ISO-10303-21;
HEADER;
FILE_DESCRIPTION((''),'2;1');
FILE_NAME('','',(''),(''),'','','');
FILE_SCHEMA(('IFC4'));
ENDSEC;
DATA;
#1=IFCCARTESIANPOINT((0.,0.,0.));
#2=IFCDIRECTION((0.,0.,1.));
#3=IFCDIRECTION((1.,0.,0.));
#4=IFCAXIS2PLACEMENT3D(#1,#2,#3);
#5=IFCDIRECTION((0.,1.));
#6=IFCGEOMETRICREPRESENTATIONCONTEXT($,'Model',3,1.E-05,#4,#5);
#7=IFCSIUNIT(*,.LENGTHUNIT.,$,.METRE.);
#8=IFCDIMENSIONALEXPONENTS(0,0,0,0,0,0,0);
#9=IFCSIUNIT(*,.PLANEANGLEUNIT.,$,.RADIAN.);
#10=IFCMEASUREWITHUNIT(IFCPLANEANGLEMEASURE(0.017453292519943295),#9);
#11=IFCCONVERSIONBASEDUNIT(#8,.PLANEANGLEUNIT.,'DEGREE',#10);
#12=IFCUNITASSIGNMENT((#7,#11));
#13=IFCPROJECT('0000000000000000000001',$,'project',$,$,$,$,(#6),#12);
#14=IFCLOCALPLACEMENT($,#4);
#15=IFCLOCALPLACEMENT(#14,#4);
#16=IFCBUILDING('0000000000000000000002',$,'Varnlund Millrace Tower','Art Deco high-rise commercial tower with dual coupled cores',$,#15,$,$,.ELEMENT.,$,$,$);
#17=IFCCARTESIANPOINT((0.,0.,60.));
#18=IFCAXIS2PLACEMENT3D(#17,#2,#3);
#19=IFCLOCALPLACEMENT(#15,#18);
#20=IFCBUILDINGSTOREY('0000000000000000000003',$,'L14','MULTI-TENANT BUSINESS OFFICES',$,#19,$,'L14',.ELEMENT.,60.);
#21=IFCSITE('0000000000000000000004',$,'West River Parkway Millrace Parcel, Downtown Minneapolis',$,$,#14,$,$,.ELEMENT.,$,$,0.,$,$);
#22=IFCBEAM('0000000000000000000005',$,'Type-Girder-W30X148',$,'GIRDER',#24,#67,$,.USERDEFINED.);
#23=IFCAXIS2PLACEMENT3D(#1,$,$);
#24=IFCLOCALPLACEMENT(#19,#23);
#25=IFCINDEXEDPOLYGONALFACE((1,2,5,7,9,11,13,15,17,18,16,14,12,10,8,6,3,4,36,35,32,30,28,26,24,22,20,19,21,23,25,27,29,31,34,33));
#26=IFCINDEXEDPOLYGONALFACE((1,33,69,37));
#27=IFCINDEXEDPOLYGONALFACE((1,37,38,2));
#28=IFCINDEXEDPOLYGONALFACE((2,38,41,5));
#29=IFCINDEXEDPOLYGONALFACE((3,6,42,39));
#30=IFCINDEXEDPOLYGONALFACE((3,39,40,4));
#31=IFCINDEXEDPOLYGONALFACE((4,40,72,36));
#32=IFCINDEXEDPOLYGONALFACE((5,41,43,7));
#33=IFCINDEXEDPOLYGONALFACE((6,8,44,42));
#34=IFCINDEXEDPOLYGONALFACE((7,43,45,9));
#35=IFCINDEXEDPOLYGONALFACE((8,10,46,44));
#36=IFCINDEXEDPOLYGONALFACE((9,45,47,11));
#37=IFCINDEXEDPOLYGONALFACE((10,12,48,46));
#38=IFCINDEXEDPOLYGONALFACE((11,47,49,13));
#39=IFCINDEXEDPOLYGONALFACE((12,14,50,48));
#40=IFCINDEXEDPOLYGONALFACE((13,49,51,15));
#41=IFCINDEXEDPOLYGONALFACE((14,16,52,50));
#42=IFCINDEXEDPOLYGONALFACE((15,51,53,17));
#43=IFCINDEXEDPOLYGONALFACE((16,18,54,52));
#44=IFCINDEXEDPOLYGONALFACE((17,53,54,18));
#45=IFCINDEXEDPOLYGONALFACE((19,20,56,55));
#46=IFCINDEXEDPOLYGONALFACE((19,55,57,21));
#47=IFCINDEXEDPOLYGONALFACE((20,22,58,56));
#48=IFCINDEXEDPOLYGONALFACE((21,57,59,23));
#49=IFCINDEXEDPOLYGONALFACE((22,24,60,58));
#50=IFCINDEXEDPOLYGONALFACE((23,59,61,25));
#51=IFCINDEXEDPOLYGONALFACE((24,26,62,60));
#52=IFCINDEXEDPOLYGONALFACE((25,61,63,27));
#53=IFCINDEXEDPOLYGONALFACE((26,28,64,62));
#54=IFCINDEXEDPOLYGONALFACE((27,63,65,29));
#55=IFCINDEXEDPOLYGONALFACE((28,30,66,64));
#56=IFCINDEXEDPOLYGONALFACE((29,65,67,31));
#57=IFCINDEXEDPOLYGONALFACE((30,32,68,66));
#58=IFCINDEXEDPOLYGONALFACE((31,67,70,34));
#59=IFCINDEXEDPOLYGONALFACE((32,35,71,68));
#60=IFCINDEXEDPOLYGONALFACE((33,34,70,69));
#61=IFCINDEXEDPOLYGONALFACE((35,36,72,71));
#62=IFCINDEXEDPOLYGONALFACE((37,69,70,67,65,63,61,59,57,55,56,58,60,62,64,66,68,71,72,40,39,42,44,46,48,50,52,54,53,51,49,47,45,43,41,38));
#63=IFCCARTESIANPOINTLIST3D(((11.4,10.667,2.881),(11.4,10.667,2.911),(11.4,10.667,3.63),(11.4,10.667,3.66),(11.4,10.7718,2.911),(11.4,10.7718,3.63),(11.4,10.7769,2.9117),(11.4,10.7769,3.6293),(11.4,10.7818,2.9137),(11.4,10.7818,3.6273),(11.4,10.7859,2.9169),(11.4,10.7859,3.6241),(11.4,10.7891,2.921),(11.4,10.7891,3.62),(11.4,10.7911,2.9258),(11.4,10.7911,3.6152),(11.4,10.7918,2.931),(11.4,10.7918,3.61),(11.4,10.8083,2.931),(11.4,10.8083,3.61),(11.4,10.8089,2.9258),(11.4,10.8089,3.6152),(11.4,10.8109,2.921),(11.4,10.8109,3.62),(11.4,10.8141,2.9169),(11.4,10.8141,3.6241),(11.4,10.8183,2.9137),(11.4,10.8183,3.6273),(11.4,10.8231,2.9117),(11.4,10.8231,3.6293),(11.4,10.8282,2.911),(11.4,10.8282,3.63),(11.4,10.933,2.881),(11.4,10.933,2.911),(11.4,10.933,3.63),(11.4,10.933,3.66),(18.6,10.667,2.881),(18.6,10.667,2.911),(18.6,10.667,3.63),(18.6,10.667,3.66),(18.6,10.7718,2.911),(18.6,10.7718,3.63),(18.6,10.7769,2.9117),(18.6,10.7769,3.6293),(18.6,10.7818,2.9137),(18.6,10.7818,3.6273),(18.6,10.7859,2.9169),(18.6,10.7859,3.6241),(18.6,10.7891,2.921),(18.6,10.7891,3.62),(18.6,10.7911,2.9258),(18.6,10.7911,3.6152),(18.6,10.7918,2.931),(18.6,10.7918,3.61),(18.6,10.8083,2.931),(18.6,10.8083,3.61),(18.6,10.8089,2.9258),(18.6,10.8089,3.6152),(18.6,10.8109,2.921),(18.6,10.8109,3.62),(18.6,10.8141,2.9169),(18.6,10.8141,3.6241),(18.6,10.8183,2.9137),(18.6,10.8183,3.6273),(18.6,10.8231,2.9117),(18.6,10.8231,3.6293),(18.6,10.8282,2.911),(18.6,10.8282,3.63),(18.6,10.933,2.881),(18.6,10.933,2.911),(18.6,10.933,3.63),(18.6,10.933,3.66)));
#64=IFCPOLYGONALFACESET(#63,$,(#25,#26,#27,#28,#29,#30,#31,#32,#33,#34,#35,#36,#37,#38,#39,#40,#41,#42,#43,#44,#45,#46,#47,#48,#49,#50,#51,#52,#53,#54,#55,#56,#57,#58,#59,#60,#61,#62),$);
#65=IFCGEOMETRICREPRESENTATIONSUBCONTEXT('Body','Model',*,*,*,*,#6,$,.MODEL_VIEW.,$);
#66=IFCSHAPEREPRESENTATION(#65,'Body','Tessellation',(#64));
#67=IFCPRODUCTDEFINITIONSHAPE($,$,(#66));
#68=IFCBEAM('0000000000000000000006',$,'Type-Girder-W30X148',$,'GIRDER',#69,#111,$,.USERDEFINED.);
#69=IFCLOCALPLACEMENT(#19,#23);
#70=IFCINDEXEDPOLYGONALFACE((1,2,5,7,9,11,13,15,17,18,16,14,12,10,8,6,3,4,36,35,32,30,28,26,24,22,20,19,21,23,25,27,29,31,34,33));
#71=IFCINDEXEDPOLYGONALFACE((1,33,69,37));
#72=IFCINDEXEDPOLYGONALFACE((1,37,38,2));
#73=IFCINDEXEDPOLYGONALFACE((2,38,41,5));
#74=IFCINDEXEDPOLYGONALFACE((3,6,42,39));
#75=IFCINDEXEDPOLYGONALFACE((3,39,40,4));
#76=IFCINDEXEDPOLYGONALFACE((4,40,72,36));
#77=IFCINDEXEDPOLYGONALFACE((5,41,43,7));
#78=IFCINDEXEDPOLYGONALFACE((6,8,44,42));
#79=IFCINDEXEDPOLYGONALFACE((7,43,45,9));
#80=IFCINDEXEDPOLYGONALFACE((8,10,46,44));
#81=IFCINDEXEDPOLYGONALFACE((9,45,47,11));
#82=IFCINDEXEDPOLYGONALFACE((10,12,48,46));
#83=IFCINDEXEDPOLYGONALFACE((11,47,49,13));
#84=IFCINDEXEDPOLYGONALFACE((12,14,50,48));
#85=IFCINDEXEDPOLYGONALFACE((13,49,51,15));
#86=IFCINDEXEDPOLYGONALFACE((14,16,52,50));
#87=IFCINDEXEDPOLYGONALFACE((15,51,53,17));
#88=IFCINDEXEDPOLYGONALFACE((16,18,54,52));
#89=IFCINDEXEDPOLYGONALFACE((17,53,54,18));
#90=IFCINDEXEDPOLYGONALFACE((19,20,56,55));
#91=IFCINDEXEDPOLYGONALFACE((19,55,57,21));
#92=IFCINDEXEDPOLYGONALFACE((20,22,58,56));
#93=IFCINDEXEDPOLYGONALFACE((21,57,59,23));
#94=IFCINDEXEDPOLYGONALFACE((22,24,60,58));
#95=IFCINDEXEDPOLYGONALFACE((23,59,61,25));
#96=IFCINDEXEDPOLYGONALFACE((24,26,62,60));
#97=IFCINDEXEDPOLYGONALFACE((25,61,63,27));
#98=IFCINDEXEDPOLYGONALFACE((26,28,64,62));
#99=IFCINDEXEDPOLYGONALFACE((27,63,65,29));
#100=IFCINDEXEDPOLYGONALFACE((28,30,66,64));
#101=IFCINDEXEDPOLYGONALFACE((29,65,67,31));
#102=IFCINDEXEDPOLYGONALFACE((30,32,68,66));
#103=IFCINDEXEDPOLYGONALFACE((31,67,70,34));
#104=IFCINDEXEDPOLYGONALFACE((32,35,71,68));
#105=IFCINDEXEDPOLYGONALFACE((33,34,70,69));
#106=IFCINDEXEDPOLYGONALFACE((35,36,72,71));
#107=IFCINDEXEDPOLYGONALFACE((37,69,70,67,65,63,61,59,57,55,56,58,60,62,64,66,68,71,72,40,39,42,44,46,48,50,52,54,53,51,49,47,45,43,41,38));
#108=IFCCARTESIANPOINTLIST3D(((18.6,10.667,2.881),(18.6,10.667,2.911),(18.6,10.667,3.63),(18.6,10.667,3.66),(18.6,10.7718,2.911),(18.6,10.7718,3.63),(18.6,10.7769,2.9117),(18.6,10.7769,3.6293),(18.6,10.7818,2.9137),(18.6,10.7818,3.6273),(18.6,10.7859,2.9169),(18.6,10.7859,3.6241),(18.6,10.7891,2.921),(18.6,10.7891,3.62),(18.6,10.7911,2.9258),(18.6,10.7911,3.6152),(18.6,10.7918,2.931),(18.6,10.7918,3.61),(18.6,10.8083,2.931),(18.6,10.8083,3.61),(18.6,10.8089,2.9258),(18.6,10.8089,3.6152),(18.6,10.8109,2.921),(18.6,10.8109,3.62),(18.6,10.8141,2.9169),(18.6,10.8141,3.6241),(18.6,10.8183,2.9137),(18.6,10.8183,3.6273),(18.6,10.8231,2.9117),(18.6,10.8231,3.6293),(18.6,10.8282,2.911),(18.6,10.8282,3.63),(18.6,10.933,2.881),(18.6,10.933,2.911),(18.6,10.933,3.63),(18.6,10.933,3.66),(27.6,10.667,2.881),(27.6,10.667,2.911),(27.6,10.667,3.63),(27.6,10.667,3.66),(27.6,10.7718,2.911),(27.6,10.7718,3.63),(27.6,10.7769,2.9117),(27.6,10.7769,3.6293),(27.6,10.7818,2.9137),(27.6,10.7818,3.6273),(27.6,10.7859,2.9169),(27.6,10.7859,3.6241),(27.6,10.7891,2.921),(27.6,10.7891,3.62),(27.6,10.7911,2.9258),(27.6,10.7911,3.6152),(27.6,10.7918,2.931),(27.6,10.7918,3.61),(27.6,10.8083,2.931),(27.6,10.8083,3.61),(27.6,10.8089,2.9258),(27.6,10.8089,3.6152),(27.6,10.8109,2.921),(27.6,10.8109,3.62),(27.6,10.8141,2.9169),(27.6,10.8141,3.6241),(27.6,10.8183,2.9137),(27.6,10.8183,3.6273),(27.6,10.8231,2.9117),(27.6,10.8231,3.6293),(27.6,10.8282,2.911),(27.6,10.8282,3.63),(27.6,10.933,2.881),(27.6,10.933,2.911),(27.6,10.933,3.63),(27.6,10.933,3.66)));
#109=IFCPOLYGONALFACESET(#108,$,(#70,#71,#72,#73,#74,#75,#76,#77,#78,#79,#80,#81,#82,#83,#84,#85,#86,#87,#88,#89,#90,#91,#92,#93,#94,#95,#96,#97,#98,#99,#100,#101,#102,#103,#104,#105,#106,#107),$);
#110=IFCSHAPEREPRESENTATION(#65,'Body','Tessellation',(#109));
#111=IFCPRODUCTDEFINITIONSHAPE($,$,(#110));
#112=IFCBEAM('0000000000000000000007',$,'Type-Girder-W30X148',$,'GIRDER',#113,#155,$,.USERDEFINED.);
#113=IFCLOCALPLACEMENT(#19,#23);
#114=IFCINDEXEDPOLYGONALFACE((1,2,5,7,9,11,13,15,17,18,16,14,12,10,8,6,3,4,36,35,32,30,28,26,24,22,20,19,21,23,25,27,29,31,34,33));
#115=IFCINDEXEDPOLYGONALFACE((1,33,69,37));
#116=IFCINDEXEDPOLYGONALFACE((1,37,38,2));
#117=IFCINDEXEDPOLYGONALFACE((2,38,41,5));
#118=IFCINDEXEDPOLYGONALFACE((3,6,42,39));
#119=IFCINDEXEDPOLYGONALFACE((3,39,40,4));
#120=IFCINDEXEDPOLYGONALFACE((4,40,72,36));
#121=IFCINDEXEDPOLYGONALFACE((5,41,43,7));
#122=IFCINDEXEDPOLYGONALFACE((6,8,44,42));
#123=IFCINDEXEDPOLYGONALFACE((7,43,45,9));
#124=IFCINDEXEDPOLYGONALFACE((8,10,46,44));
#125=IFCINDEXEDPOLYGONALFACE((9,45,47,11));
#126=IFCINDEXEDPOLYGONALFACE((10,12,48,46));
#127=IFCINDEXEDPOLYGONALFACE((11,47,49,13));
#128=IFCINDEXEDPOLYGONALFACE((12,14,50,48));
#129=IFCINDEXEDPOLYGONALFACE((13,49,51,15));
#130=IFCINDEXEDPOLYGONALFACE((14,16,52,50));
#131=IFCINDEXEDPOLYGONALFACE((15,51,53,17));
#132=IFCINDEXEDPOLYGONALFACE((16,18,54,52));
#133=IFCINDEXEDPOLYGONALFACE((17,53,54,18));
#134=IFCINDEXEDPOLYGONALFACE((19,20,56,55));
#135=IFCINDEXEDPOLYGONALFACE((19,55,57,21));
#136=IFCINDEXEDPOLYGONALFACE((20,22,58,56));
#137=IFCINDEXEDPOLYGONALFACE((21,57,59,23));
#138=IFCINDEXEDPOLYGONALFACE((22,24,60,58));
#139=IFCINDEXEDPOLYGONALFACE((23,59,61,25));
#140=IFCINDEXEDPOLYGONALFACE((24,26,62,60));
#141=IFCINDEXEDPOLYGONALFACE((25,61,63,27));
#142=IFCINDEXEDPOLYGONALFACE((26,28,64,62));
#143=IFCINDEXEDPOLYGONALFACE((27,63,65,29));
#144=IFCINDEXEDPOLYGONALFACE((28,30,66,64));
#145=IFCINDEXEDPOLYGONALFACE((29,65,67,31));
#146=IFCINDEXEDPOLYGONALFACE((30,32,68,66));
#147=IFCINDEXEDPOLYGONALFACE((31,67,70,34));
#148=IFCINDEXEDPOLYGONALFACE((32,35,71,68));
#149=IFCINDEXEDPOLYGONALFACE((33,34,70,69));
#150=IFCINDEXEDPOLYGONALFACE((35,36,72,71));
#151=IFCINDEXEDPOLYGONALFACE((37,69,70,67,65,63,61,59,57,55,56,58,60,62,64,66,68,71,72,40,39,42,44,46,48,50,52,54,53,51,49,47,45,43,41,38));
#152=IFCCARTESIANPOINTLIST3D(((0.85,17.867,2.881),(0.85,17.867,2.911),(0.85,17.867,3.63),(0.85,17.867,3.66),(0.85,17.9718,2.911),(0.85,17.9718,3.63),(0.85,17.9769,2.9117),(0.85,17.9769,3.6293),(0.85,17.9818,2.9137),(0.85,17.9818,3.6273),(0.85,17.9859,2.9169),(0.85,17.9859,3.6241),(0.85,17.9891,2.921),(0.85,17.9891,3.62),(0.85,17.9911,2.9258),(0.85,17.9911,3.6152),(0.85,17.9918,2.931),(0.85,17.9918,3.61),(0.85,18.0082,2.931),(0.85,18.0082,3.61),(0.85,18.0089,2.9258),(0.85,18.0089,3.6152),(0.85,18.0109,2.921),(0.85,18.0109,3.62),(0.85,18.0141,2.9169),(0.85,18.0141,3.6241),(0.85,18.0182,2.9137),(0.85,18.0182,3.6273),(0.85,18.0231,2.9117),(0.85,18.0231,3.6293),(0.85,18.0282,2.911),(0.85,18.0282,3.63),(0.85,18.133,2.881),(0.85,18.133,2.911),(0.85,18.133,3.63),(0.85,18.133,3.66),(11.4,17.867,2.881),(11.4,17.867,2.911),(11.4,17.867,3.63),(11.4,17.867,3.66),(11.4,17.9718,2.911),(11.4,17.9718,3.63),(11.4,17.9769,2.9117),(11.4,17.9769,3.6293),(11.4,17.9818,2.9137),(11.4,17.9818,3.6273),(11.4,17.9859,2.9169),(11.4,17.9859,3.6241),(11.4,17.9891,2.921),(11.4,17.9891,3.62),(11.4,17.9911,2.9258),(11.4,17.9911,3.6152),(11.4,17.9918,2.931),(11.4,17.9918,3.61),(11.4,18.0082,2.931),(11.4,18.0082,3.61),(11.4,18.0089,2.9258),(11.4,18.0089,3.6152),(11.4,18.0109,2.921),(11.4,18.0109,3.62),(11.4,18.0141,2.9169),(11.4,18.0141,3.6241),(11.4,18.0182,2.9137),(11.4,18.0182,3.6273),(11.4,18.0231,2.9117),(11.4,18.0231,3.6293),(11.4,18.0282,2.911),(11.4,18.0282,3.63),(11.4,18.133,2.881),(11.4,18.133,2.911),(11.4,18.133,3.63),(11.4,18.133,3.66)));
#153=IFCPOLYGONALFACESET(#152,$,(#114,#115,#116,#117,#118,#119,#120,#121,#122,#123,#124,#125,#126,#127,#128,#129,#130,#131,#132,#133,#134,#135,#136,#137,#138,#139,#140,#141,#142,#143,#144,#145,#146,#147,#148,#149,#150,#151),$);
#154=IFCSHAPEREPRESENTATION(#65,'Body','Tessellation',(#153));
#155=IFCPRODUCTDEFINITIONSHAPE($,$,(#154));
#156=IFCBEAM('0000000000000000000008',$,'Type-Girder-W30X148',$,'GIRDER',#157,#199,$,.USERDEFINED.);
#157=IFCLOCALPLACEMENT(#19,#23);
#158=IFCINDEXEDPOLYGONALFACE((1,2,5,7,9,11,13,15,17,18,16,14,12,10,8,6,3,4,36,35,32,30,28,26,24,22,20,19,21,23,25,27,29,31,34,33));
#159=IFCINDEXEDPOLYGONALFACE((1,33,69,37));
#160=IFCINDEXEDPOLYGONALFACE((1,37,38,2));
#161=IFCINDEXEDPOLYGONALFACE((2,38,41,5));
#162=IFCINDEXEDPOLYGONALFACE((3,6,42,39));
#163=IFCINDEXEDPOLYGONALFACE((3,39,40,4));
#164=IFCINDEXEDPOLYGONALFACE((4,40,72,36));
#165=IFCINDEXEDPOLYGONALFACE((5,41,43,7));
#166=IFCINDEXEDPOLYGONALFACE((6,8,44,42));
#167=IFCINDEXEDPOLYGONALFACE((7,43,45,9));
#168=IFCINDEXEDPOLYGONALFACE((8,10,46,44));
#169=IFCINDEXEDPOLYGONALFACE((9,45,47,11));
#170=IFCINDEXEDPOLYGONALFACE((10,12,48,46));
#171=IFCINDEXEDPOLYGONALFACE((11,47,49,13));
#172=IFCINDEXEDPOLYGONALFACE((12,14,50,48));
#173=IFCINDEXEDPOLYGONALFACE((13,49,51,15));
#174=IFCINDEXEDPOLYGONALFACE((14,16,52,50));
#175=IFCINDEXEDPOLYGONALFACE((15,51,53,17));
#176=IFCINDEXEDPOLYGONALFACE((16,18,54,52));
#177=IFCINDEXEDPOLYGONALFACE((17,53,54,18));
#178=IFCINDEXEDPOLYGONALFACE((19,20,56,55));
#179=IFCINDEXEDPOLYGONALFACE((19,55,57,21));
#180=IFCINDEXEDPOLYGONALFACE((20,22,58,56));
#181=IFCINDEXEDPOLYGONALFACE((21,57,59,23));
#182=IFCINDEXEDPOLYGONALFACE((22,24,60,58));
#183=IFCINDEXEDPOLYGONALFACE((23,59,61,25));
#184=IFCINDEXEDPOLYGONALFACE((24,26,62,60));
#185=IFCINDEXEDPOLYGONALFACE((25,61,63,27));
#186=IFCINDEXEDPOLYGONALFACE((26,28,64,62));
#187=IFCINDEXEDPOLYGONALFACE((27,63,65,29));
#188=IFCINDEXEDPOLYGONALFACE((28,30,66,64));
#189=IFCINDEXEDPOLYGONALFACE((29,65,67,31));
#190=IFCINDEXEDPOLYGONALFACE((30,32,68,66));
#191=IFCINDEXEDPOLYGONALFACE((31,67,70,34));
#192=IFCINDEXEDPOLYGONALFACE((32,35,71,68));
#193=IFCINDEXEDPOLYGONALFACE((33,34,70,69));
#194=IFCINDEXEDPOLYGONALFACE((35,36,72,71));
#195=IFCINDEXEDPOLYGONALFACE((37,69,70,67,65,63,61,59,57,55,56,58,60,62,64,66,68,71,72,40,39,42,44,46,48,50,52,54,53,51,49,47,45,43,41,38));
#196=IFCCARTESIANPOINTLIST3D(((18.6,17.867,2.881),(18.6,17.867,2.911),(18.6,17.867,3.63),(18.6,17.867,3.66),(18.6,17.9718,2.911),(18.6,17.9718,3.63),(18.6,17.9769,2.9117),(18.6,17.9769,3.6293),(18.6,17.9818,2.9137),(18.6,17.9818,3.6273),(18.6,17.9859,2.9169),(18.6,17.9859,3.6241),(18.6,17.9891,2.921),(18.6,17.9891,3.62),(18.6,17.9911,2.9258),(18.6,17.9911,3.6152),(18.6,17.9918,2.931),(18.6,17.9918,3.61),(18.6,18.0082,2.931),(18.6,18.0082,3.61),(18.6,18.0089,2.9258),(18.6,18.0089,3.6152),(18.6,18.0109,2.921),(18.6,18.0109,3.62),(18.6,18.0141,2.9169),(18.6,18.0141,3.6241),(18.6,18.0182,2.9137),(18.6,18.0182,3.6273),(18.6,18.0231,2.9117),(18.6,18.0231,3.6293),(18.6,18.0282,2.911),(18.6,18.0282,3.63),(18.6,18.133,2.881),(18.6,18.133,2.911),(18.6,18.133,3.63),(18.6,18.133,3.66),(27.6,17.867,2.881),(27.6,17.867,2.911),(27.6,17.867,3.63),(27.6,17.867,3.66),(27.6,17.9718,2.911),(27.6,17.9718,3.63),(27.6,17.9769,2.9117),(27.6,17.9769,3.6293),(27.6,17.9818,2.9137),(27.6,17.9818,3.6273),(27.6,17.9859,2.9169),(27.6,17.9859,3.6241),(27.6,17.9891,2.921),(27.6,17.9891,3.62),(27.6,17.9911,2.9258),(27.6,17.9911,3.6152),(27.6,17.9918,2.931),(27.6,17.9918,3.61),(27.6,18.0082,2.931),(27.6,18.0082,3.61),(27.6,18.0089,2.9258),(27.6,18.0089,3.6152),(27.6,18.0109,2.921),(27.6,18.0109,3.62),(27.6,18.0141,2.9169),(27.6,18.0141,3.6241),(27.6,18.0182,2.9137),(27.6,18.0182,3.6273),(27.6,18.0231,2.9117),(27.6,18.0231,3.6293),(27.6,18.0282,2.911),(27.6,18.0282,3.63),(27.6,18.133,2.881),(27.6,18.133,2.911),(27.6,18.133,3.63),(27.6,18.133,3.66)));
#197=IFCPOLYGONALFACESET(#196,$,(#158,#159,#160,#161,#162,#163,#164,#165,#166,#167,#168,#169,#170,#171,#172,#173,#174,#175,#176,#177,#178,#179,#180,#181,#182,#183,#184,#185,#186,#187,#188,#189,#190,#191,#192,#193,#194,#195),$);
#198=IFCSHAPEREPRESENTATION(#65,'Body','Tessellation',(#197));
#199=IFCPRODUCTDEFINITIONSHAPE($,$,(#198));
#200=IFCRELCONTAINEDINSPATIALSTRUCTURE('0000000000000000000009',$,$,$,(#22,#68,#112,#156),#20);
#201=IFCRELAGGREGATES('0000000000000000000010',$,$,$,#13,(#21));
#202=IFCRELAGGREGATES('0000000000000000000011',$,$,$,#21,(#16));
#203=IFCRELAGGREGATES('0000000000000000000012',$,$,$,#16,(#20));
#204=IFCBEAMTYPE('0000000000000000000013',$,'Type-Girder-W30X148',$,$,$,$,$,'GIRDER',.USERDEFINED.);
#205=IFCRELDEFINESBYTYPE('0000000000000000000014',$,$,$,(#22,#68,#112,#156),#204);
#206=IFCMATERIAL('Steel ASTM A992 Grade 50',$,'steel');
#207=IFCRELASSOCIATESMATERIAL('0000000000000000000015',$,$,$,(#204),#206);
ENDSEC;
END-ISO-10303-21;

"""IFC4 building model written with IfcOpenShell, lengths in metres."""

from ifc_helpers import new_model, entity, si_unit, converted_unit, direction, frame, origin_with_axes, origin_2d_with_axis, place, context, subcontext, project, spatial, i_section, extrude, material, material_profile, profile_set, type_object, element, save


model = new_model("IFC4")

# Units and contexts
model_context = context("Model", 3, precision=1e-05, world=origin_with_axes(), true_north=direction((0.0, 1.0)))
body_context = subcontext(model_context, "Body", "Model", "MODEL_VIEW")
ifc_project = project(units=[si_unit("LENGTHUNIT", "METRE"), converted_unit("PLANEANGLEUNIT", "DEGREE", entity("IfcPlaneAngleMeasure", 0.017453292519943295), si_unit("PLANEANGLEUNIT", "RADIAN"), dimensions=[0, 0, 0, 0, 0, 0, 0])], contexts=[model_context])

# Site, building, storey
site_placement = place(None, origin_with_axes())
site = spatial("IfcSite", under=ifc_project, at=site_placement, Name="West River Parkway Millrace Parcel, Downtown Minneapolis", CompositionType="ELEMENT", RefElevation=0.0)
building_placement = place(site_placement, origin_with_axes())
building = spatial("IfcBuilding", under=site, at=building_placement, Name="Varnlund Millrace Tower", Description="Art Deco high-rise commercial tower with dual coupled cores", CompositionType="ELEMENT")
storey_placement = place(building_placement, frame((0.0, 0.0, 60.0), z_axis=(0.0, 0.0, 1.0), x_axis=(1.0, 0.0, 0.0)))
storey = spatial("IfcBuildingStorey", under=building, at=storey_placement, Name="L14", Description="MULTI-TENANT BUSINESS OFFICES", LongName="L14", CompositionType="ELEMENT", Elevation=60.0)

# Beams
ifc_material_1 = material(Name="Steel ASTM A992 Grade 50", Category="steel")
ifc_material_profile_1 = material_profile(ifc_material_1, i_section(OverallWidth=0.266, OverallDepth=0.779, WebThickness=0.0165, FlangeThickness=0.03, FilletRadius=0.02, at=origin_2d_with_axis()), Name="Steel ASTM A992 Grade 50")
ifc_profile_set_1 = profile_set([ifc_material_profile_1], Name="Steel ASTM A992 Grade 50")
beam_type_1 = type_object("IfcBeamType", Name="Type-Girder-W30X148", ElementType="GIRDER", PredefinedType="USERDEFINED", material=ifc_profile_set_1)
beam_1_placement = place(storey_placement, frame((11.4, 10.8, 3.2705), z_axis=(1.0, 0.0, 0.0), x_axis=(0.0, 1.0, 0.0)))
element("IfcBeam", 1, at=beam_1_placement, inside=storey, type_object=beam_type_1, Name="Type-Girder-W30X148", ObjectType="GIRDER", PredefinedType="USERDEFINED", context=body_context, shape_type="SweptSolid", body=[
    extrude(i_section(OverallWidth=0.266, OverallDepth=0.779, WebThickness=0.0165, FlangeThickness=0.03, FilletRadius=0.02, at=origin_2d_with_axis()), origin_with_axes(), (0.0, 0.0, 1.0), 7.2),
])
beam_2_placement = place(storey_placement, frame((18.6, 10.8, 3.2705), z_axis=(1.0, 0.0, 0.0), x_axis=(0.0, 1.0, 0.0)))
element("IfcBeam", 2, at=beam_2_placement, inside=storey, type_object=beam_type_1, Name="Type-Girder-W30X148", ObjectType="GIRDER", PredefinedType="USERDEFINED", context=body_context, shape_type="SweptSolid", body=[
    extrude(i_section(OverallWidth=0.266, OverallDepth=0.779, WebThickness=0.0165, FlangeThickness=0.03, FilletRadius=0.02, at=origin_2d_with_axis()), origin_with_axes(), (0.0, 0.0, 1.0), 9.0),
])
beam_3_placement = place(storey_placement, frame((0.85, 18.0, 3.2705), z_axis=(1.0, 0.0, 0.0), x_axis=(0.0, 1.0, 0.0)))
element("IfcBeam", 3, at=beam_3_placement, inside=storey, type_object=beam_type_1, Name="Type-Girder-W30X148", ObjectType="GIRDER", PredefinedType="USERDEFINED", context=body_context, shape_type="SweptSolid", body=[
    extrude(i_section(OverallWidth=0.266, OverallDepth=0.779, WebThickness=0.0165, FlangeThickness=0.03, FilletRadius=0.02, at=origin_2d_with_axis()), origin_with_axes(), (0.0, 0.0, 1.0), 10.55),
])
beam_4_placement = place(storey_placement, frame((18.6, 18.0, 3.2705), z_axis=(1.0, 0.0, 0.0), x_axis=(0.0, 1.0, 0.0)))
element("IfcBeam", 4, at=beam_4_placement, inside=storey, type_object=beam_type_1, Name="Type-Girder-W30X148", ObjectType="GIRDER", PredefinedType="USERDEFINED", context=body_context, shape_type="SweptSolid", body=[
    extrude(i_section(OverallWidth=0.266, OverallDepth=0.779, WebThickness=0.0165, FlangeThickness=0.03, FilletRadius=0.02, at=origin_2d_with_axis()), origin_with_axes(), (0.0, 0.0, 1.0), 9.0),
])

save(model, "model.ifc")
